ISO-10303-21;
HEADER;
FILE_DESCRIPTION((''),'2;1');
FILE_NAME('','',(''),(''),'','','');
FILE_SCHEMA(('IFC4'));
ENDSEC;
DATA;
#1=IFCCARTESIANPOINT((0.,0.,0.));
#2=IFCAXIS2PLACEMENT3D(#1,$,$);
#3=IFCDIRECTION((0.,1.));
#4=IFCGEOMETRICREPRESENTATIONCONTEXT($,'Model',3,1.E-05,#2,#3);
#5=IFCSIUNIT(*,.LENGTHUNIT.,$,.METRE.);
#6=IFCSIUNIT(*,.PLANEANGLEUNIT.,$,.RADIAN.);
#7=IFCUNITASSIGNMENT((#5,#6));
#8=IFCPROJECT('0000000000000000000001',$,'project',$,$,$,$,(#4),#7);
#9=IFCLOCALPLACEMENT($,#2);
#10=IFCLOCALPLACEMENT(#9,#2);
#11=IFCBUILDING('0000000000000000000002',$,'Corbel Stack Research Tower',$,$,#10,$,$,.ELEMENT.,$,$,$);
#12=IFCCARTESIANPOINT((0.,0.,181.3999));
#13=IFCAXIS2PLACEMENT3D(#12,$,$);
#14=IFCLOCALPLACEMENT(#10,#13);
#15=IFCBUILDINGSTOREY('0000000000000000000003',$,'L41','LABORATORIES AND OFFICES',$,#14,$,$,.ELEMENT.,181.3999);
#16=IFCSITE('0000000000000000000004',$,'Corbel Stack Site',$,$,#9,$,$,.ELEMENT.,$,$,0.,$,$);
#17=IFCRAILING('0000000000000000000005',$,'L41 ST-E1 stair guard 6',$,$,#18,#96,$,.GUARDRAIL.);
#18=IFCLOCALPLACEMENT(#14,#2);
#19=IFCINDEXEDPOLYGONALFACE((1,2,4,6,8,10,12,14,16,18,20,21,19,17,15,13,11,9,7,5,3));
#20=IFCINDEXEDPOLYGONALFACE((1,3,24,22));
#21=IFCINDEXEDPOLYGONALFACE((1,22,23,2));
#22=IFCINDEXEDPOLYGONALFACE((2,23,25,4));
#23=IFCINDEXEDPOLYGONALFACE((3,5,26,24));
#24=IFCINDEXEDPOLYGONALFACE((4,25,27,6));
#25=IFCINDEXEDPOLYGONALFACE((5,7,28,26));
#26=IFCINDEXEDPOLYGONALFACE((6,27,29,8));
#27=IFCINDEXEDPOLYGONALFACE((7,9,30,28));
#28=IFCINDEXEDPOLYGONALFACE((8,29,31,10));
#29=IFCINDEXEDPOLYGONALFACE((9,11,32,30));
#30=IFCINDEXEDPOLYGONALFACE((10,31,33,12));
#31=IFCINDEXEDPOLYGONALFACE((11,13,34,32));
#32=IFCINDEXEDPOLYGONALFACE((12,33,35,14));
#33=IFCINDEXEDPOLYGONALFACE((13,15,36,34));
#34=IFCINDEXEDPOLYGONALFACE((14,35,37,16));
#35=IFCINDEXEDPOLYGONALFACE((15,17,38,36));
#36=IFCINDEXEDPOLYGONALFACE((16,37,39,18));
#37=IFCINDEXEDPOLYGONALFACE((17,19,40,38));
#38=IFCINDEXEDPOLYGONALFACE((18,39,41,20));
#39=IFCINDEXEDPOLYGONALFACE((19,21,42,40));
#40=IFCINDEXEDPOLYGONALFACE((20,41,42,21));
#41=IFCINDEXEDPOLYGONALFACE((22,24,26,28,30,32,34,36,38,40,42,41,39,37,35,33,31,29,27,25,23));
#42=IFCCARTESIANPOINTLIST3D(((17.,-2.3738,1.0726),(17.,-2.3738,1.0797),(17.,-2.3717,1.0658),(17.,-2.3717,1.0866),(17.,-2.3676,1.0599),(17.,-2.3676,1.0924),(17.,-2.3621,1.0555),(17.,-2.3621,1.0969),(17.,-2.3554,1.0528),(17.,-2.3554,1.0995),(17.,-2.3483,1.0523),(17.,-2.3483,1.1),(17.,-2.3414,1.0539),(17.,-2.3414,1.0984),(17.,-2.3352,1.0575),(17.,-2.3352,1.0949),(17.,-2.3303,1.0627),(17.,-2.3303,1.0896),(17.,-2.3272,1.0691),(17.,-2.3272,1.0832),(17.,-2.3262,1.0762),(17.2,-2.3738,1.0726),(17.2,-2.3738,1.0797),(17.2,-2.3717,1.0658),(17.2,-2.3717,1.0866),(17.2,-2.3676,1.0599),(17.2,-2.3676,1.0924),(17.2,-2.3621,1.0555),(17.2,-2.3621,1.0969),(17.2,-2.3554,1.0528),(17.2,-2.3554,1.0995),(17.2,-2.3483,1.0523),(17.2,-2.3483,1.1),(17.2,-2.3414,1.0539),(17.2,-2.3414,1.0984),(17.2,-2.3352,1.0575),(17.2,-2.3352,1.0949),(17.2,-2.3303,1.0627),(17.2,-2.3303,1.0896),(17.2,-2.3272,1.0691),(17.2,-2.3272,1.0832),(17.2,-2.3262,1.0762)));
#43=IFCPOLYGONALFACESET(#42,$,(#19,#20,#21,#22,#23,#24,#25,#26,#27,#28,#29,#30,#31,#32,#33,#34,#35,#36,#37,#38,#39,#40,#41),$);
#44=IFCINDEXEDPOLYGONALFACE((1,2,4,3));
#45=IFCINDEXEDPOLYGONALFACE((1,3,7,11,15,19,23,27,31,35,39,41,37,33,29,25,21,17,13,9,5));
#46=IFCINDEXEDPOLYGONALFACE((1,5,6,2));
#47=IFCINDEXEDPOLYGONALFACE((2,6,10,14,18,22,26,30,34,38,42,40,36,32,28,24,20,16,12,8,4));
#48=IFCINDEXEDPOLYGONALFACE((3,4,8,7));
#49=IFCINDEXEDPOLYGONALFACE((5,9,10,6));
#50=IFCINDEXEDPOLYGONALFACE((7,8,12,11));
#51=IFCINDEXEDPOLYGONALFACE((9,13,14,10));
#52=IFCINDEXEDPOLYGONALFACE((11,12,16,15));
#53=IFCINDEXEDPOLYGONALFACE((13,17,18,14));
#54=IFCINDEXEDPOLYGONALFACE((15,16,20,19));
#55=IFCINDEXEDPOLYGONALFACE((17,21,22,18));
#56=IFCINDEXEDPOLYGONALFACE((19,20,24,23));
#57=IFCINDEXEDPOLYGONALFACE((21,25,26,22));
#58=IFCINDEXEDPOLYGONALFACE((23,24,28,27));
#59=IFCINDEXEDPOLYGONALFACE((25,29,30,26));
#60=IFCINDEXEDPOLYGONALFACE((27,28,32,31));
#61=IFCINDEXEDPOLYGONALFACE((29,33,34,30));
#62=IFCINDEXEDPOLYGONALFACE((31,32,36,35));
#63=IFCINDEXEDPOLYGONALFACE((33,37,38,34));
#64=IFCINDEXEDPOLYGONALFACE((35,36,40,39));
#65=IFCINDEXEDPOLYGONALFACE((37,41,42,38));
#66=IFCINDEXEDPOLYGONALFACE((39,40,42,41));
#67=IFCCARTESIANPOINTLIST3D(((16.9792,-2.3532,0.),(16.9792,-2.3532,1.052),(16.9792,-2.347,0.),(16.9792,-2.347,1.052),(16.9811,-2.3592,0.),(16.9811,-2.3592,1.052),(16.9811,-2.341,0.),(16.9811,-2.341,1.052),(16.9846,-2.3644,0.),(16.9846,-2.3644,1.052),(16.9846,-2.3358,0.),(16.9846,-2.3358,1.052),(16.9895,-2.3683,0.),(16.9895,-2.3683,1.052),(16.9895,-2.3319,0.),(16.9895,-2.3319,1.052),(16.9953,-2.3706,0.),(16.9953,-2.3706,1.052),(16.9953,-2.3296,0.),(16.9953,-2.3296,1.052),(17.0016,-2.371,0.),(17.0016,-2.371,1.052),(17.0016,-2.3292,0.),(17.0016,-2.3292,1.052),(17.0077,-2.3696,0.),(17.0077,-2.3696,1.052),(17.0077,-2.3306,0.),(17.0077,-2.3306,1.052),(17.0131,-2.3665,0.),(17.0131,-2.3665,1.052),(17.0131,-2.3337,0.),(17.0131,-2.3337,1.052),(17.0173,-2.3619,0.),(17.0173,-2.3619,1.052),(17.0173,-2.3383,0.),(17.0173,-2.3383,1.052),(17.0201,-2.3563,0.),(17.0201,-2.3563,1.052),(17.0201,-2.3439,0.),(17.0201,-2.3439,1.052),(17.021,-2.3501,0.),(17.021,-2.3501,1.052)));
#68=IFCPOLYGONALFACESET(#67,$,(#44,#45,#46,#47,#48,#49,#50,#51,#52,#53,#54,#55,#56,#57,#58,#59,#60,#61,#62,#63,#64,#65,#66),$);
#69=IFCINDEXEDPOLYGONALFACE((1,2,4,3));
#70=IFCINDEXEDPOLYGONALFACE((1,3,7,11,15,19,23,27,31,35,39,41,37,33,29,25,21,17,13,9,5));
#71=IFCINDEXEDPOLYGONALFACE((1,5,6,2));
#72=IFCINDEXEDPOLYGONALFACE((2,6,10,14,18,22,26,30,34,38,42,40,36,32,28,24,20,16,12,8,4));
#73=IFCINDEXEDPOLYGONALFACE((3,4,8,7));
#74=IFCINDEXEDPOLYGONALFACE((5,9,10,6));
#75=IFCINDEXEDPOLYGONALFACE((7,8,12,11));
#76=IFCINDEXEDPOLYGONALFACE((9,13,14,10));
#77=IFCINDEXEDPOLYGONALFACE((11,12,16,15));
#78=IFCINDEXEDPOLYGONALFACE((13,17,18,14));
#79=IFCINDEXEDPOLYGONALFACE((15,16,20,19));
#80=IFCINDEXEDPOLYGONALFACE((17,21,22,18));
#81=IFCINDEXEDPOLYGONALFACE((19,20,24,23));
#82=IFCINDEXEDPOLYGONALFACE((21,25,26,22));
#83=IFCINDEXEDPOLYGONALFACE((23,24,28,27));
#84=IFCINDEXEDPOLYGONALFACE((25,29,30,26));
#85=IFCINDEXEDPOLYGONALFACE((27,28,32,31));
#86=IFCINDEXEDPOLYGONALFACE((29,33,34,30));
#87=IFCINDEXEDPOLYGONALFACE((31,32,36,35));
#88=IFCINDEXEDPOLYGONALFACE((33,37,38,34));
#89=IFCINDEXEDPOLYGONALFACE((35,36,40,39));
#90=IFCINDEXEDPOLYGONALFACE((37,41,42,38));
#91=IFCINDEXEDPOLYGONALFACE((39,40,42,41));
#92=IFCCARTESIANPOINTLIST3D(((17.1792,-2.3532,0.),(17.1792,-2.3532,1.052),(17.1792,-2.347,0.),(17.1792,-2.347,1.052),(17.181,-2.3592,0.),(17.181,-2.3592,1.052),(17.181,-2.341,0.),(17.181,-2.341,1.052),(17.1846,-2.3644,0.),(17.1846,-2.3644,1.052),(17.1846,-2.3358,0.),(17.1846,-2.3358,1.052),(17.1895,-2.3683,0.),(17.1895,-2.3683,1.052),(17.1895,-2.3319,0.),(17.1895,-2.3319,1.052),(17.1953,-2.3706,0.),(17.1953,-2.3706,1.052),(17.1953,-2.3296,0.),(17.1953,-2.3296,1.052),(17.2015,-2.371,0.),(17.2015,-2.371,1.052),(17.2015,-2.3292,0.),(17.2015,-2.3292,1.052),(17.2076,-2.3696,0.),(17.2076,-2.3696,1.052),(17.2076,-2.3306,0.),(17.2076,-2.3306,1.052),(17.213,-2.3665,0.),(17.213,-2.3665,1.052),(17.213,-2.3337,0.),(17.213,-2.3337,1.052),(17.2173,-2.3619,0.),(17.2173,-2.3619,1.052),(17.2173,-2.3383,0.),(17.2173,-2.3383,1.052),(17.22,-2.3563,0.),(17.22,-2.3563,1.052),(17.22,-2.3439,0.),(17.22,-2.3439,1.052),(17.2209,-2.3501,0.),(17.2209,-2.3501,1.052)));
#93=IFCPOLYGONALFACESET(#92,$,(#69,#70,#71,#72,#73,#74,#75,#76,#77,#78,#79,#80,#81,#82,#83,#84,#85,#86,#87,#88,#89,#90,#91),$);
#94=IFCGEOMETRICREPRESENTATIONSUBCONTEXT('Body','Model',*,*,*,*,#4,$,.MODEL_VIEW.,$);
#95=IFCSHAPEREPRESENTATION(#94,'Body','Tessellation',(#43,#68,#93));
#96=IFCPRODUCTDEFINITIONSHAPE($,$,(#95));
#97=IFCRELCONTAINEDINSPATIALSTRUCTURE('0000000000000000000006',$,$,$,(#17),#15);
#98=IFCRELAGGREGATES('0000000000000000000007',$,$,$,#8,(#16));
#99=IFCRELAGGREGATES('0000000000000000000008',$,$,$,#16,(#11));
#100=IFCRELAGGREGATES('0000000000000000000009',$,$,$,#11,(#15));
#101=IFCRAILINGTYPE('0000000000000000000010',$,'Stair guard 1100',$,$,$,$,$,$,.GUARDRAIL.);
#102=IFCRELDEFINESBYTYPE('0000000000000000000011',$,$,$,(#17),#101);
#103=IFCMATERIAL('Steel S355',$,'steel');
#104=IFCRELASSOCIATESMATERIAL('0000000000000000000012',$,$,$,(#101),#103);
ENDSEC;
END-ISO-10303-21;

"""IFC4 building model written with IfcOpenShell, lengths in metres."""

from ifc_helpers import new_model, si_unit, direction, frame, origin, origin_2d, place, context, subcontext, project, spatial, circle, extrude, material, type_object, element, save


model = new_model("IFC4")

# Units and contexts
model_context = context("Model", 3, precision=1e-05, world=origin(), true_north=direction((0.0, 1.0)))
body_context = subcontext(model_context, "Body", "Model", "MODEL_VIEW")
ifc_project = project(units=[si_unit("LENGTHUNIT", "METRE"), si_unit("PLANEANGLEUNIT", "RADIAN")], contexts=[model_context])

# Site, building, storey
site_placement = place(None, origin())
site = spatial("IfcSite", under=ifc_project, at=site_placement, Name="Corbel Stack Site", CompositionType="ELEMENT", RefElevation=0.0)
building_placement = place(site_placement, origin())
building = spatial("IfcBuilding", under=site, at=building_placement, Name="Corbel Stack Research Tower", CompositionType="ELEMENT")
storey_placement = place(building_placement, frame((0.0, 0.0, 181.3999)))
storey = spatial("IfcBuildingStorey", under=building, at=storey_placement, Name="L41", Description="LABORATORIES AND OFFICES", CompositionType="ELEMENT", Elevation=181.3999)

# Railing
ifc_material_1 = material(Name="Steel S355", Category="steel")
railing_type_1 = type_object("IfcRailingType", Name="Stair guard 1100", PredefinedType="GUARDRAIL", material=ifc_material_1)
railing_1_placement = place(storey_placement, frame((17.0, -2.3501, 0.0)))
element("IfcRailing", 1, at=railing_1_placement, inside=storey, type_object=railing_type_1, Name="L41 ST-E1 stair guard 6", PredefinedType="GUARDRAIL", context=body_context, shape_type="SweptSolid", body=[
    extrude(circle(Radius=0.0239, at=origin_2d()), frame((0.0, 0.0, 1.0762), z_axis=(1.0, 0.0, 0.0), x_axis=(0.0, 1.0, 0.0)), (0.0, 0.0, 1.0), 0.2),
    extrude(circle(Radius=0.021, at=origin_2d()), origin(), (0.0, 0.0, 1.0), 1.052),
    extrude(circle(Radius=0.021, at=origin_2d()), frame((0.2, 0.0, 0.0)), (0.0, 0.0, 1.0), 1.052),
])

save(model, "model.ifc")
